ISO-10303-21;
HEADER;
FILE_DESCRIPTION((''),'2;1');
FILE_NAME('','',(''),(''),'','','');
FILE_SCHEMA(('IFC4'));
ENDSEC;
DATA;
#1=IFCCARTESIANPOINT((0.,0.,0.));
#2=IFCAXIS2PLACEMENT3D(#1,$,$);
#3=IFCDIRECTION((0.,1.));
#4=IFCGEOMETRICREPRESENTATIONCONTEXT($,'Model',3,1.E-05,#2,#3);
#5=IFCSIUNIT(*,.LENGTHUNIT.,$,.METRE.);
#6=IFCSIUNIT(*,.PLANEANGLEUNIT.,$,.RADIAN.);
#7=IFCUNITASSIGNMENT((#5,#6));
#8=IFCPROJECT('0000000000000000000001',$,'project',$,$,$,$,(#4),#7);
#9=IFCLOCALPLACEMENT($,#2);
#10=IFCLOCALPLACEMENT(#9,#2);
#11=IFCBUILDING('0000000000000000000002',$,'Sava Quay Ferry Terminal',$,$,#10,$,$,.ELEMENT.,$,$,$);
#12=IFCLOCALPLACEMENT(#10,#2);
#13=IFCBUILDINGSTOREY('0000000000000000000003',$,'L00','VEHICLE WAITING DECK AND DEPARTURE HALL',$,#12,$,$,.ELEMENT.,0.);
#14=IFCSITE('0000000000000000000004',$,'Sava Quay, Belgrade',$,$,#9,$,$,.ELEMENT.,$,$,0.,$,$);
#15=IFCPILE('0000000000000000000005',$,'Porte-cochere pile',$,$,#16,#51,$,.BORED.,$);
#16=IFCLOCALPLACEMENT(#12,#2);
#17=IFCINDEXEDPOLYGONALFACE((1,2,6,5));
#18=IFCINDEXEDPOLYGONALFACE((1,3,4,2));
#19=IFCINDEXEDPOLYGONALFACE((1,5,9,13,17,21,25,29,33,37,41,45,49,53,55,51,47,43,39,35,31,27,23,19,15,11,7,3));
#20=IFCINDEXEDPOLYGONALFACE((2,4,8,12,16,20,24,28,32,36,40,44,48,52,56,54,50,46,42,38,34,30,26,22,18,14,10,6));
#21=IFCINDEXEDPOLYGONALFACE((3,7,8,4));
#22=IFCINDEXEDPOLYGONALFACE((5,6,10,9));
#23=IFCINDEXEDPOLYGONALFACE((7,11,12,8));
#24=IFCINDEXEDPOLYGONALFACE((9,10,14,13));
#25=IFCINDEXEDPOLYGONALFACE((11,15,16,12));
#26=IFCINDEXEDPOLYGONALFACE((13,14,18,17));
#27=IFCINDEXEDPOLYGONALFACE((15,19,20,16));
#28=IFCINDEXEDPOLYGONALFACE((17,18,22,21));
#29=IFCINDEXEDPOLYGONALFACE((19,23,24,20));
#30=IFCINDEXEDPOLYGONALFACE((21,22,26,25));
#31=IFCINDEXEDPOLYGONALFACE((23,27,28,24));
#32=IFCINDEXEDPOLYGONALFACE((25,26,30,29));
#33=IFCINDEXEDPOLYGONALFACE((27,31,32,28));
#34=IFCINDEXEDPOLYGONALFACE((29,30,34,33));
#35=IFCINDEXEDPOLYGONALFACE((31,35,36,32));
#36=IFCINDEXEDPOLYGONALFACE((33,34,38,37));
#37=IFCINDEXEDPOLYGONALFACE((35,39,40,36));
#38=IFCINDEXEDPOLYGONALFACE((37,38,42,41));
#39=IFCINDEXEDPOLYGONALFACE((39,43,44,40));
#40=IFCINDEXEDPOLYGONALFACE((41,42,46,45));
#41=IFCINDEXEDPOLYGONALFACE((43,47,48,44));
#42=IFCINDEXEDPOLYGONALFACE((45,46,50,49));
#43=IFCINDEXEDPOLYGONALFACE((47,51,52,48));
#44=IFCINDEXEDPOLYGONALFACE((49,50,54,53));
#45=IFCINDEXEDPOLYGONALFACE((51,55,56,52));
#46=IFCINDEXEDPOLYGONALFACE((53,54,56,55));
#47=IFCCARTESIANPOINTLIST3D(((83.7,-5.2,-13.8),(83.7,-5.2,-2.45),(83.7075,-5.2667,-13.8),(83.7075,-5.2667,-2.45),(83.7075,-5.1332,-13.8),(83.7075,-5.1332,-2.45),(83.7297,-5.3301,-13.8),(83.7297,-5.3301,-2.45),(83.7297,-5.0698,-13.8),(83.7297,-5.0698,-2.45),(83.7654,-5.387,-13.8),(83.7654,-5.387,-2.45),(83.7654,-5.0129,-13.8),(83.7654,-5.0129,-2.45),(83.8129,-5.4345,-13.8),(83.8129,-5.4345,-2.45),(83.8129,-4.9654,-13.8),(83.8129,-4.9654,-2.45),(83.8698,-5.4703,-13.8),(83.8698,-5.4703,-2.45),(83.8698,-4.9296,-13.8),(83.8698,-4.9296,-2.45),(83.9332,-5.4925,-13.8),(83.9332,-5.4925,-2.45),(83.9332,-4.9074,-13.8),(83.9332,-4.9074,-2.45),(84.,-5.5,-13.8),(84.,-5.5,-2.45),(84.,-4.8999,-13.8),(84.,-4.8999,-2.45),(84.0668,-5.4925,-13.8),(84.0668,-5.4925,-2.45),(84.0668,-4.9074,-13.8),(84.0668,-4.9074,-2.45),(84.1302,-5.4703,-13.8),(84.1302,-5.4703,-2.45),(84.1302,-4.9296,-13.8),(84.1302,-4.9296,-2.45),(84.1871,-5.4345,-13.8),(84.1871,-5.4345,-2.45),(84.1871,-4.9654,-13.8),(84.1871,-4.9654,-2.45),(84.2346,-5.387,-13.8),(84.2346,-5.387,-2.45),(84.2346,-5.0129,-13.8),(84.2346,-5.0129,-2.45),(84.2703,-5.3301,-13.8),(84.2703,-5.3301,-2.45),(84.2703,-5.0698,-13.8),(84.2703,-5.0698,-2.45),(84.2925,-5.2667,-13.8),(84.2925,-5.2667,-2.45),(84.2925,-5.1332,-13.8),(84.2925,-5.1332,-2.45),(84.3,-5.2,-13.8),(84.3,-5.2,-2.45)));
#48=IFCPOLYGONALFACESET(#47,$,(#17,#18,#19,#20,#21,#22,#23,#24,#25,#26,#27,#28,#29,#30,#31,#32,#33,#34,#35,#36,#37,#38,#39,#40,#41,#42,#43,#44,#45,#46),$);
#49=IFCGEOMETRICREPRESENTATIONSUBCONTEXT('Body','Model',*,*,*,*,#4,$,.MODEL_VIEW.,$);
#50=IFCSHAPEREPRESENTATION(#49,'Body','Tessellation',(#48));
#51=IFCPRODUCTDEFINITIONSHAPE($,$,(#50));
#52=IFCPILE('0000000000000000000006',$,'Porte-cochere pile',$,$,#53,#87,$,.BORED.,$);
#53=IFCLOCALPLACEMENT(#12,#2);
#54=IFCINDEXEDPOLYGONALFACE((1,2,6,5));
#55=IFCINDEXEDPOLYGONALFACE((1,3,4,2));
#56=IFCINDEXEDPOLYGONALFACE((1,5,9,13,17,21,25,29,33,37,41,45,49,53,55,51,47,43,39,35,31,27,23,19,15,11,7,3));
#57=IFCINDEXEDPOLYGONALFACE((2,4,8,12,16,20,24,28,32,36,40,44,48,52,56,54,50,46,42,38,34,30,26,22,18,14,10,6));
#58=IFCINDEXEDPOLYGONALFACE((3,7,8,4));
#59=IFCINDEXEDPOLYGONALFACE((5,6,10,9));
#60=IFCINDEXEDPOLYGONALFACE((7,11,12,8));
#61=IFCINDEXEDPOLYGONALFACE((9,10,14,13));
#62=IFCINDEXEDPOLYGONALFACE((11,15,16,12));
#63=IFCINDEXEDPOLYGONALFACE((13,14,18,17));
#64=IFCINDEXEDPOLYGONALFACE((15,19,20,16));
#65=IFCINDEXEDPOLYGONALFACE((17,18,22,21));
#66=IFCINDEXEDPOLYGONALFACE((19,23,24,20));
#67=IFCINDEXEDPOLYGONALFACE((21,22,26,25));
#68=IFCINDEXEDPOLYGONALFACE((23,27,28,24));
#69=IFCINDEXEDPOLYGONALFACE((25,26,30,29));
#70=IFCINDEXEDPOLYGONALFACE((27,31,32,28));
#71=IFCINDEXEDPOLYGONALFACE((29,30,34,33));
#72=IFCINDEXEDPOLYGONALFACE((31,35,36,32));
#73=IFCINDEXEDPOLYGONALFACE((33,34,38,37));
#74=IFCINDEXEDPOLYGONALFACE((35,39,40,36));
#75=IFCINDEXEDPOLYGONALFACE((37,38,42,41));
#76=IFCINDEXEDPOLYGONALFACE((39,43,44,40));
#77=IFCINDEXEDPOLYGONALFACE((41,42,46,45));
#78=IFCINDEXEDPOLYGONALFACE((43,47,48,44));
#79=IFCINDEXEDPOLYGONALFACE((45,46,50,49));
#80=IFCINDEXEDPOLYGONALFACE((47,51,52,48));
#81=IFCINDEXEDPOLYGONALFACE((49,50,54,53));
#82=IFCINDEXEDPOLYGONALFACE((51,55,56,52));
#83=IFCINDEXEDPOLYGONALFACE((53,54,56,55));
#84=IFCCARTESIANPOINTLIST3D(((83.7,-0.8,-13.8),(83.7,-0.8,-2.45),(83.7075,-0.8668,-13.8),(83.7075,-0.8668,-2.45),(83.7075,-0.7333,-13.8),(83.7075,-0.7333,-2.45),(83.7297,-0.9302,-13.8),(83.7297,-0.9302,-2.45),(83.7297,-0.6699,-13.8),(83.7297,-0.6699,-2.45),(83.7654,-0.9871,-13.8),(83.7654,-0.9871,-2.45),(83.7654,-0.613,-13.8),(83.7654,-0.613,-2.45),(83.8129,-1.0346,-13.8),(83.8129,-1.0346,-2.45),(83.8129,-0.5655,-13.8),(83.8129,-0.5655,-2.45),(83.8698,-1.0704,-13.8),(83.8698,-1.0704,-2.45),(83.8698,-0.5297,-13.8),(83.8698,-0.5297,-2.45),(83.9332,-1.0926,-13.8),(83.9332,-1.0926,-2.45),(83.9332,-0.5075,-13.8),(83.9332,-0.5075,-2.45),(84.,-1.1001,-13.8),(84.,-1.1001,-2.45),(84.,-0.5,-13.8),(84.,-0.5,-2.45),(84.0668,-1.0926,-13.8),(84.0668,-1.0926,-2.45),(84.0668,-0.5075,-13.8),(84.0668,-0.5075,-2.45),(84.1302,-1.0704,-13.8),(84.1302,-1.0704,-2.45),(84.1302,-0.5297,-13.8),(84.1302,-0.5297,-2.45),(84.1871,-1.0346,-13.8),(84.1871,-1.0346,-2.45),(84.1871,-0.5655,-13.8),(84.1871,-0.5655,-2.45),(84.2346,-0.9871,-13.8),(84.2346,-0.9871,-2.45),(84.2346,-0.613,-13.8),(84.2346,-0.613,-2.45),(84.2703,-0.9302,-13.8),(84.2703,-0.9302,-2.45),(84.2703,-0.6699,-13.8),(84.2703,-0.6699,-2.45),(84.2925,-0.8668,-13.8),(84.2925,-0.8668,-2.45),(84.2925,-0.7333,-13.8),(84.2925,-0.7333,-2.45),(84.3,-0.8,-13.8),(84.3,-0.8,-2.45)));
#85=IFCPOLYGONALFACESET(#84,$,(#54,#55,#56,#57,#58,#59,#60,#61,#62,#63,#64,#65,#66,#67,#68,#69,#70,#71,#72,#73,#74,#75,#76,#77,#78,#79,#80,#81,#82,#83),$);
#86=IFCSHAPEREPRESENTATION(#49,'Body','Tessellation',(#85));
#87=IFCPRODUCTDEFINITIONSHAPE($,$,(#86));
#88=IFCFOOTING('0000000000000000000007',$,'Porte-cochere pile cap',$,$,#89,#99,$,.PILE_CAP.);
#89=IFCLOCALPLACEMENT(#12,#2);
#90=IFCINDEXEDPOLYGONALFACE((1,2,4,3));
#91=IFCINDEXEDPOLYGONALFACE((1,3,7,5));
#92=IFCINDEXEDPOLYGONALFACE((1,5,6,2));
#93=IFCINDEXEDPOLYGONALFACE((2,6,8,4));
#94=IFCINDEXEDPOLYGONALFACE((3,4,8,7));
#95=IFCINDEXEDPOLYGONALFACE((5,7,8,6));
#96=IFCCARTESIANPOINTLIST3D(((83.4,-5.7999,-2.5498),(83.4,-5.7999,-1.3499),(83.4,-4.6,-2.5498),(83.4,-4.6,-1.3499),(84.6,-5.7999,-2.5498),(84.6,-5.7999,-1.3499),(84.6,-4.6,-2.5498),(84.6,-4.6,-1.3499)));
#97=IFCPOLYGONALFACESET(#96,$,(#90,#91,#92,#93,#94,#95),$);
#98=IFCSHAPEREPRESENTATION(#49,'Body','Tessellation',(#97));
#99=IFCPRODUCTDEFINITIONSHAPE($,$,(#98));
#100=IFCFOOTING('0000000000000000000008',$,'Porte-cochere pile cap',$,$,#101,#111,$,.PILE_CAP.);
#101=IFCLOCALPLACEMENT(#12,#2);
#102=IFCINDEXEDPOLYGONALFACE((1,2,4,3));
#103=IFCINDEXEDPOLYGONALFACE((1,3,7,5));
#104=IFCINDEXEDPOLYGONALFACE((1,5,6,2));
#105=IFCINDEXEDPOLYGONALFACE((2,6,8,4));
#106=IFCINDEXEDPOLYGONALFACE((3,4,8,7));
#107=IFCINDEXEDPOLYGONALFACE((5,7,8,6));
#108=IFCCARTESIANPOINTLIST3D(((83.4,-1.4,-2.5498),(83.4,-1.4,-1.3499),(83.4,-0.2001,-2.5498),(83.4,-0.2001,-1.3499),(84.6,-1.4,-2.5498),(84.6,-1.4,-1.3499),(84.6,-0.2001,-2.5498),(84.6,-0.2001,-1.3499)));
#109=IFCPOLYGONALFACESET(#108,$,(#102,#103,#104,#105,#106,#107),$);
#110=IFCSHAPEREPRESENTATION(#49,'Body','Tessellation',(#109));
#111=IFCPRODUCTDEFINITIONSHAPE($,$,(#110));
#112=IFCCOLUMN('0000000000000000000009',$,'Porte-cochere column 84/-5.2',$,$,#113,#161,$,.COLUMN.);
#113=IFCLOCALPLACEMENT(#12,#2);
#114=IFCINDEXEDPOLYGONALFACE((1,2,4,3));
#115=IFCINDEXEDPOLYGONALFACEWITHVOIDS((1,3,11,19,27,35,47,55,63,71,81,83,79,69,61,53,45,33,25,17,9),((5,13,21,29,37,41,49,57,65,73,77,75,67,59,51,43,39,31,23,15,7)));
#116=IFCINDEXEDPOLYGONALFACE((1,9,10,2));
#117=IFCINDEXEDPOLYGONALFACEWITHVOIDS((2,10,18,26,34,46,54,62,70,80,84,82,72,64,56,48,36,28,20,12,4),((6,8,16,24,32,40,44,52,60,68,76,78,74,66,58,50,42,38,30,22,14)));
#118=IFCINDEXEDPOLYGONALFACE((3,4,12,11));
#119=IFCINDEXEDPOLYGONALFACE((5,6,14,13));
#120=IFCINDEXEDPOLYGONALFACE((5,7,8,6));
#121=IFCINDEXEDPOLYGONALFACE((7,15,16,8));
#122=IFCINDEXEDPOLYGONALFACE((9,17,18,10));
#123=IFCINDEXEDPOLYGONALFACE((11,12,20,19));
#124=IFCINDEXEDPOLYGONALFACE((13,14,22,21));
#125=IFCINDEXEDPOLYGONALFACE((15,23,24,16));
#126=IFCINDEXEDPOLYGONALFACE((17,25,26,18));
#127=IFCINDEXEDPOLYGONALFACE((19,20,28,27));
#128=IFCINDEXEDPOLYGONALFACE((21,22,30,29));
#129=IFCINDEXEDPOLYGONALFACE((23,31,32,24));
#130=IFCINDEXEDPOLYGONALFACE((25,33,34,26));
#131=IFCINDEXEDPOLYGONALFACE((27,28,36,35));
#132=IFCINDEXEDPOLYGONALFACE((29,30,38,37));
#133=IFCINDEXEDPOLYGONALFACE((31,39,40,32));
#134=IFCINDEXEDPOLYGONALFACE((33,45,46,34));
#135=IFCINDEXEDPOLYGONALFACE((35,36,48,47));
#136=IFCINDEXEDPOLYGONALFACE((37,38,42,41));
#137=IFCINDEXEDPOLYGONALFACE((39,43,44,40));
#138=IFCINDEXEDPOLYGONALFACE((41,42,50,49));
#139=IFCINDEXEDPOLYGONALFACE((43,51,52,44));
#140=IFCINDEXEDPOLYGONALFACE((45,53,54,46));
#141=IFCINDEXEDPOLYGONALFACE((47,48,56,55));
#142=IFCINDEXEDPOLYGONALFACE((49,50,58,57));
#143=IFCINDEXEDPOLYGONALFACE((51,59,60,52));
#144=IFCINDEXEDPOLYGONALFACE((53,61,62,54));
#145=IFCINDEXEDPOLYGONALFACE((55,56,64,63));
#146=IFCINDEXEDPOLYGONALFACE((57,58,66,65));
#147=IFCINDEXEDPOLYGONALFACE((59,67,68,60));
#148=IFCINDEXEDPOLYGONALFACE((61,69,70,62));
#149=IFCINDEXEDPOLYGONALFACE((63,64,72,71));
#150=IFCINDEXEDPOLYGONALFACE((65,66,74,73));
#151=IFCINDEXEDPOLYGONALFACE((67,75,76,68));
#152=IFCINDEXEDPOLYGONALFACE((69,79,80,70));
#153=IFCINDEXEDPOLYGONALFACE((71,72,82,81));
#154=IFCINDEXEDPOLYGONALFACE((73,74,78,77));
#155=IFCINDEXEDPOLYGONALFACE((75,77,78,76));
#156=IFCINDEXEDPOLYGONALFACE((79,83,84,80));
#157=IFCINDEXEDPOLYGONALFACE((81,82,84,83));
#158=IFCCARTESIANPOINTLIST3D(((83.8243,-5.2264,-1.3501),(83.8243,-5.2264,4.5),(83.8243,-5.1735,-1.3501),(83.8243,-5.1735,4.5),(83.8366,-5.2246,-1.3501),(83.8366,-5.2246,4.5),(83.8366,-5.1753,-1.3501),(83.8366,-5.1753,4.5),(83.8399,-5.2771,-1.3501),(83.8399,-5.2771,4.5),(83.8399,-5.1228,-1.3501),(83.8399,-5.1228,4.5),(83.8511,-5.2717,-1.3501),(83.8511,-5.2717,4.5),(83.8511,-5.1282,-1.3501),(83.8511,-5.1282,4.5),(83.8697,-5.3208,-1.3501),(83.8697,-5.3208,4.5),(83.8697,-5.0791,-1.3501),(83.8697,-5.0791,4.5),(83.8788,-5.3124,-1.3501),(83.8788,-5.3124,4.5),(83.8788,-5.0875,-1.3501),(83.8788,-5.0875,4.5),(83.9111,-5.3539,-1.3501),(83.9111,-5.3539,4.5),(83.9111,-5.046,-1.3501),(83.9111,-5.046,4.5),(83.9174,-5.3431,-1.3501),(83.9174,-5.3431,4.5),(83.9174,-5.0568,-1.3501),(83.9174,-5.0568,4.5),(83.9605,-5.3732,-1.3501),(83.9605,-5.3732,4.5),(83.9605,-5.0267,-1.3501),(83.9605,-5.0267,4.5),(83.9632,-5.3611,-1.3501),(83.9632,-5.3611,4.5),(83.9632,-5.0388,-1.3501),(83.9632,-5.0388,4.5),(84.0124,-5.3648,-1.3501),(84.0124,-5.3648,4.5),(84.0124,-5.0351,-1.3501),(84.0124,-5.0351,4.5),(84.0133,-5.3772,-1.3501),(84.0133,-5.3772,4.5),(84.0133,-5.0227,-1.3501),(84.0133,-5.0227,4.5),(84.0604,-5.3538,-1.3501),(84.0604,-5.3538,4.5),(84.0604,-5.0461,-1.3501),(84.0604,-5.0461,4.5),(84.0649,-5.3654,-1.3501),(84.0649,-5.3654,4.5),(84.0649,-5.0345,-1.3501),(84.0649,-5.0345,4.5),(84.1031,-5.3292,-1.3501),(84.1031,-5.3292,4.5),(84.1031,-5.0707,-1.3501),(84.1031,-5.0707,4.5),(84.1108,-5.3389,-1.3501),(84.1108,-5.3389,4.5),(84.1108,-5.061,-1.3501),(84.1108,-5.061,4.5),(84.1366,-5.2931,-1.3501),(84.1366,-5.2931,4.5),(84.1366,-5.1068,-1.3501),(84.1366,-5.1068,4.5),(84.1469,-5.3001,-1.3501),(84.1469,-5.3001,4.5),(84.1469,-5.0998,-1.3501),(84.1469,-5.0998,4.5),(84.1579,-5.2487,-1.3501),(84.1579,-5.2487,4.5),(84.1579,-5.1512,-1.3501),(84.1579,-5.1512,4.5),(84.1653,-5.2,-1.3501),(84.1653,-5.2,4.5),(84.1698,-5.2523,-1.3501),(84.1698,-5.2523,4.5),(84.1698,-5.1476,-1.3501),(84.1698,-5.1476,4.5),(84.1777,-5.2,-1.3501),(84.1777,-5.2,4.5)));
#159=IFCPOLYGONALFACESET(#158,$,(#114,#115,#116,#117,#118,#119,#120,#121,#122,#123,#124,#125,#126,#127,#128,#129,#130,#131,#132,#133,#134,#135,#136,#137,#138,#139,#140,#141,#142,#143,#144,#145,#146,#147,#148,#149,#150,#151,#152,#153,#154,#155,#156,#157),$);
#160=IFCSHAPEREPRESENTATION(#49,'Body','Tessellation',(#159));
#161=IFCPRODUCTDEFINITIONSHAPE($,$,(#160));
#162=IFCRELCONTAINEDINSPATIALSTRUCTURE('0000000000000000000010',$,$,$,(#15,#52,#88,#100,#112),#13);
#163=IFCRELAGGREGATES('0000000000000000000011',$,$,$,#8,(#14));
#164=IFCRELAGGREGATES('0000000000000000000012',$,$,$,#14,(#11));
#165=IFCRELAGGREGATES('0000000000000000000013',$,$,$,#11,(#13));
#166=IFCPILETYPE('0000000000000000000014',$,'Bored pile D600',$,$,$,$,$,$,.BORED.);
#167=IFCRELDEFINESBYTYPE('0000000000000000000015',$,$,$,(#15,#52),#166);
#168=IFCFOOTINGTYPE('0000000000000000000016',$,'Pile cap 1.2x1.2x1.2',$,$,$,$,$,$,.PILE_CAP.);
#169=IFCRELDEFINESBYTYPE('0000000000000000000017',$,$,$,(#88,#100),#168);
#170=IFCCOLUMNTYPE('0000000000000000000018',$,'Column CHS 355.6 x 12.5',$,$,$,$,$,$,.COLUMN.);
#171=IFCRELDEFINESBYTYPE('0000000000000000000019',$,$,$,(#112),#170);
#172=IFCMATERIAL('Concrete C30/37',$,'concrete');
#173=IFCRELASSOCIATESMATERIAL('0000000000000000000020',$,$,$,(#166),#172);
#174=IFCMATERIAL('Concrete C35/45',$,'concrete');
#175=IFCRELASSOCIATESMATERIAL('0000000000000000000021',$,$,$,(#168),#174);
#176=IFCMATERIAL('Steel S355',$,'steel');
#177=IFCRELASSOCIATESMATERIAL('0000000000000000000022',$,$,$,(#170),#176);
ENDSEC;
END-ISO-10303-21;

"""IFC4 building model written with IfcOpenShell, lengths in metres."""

from ifc_helpers import new_model, si_unit, direction, frame, origin, origin_2d, place, context, subcontext, project, spatial, rectangle, circle, hollow_circle, extrude, material, material_profile, profile_set, type_object, element, save


model = new_model("IFC4")

# Units and contexts
model_context = context("Model", 3, precision=1e-05, world=origin(), true_north=direction((0.0, 1.0)))
body_context = subcontext(model_context, "Body", "Model", "MODEL_VIEW")
ifc_project = project(units=[si_unit("LENGTHUNIT", "METRE"), si_unit("PLANEANGLEUNIT", "RADIAN")], contexts=[model_context])

# Site, building, storey
site_placement = place(None, origin())
site = spatial("IfcSite", under=ifc_project, at=site_placement, Name="Sava Quay, Belgrade", CompositionType="ELEMENT", RefElevation=0.0)
building_placement = place(site_placement, origin())
building = spatial("IfcBuilding", under=site, at=building_placement, Name="Sava Quay Ferry Terminal", CompositionType="ELEMENT")
storey_placement = place(building_placement, origin())
storey = spatial("IfcBuildingStorey", under=building, at=storey_placement, Name="L00", Description="VEHICLE WAITING DECK AND DEPARTURE HALL", CompositionType="ELEMENT", Elevation=0.0)

# Piles
ifc_material_1 = material(Name="Concrete C30/37", Category="concrete")
ifc_material_profile_1 = material_profile(ifc_material_1, circle(Radius=0.3, at=origin_2d()), Name="Bored pile D600")
ifc_profile_set_1 = profile_set([ifc_material_profile_1], Name="Concrete C30/37")
pile_type = type_object("IfcPileType", Name="Bored pile D600", PredefinedType="BORED", material=ifc_profile_set_1)
for number, where, z_axis, x_axis, name in (
    (1, (84.0, -5.2, -2.45), (0.0, 0.0, -1.0), (1.0, 0.0, 0.0), "Porte-cochere pile"),
    (2, (84.0, -0.8, -2.45), (0.0, 0.0, -1.0), (1.0, 0.0, 0.0), "Porte-cochere pile"),
):
    element("IfcPile", number, at=place(storey_placement, frame(where, z_axis=z_axis, x_axis=x_axis)), inside=storey, type_object=pile_type, Name=name, PredefinedType="BORED", context=body_context, shape_type="SweptSolid", body=[
        extrude(circle(Radius=0.3, at=origin_2d()), origin(), (0.0, 0.0, 1.0), 11.3501),
    ])

# Footings
ifc_material_2 = material(Name="Concrete C35/45", Category="concrete")
footing_type = type_object("IfcFootingType", Name="Pile cap 1.2x1.2x1.2", PredefinedType="PILE_CAP", material=ifc_material_2)
for number, where, z_axis, x_axis, name in (
    (3, (84.0, -5.2, -2.5498), (0.0, 0.0, 1.0), (1.0, 0.0, 0.0), "Porte-cochere pile cap"),
    (4, (84.0, -0.8, -2.5498), (0.0, 0.0, 1.0), (1.0, 0.0, 0.0), "Porte-cochere pile cap"),
):
    element("IfcFooting", number, at=place(storey_placement, frame(where, z_axis=z_axis, x_axis=x_axis)), inside=storey, type_object=footing_type, Name=name, PredefinedType="PILE_CAP", context=body_context, shape_type="SweptSolid", body=[
        extrude(rectangle(XDim=1.2, YDim=1.2, at=origin_2d()), origin(), (0.0, 0.0, 1.0), 1.2),
    ])

# Column
ifc_material_3 = material(Name="Steel S355", Category="steel")
ifc_material_profile_2 = material_profile(ifc_material_3, hollow_circle(Radius=0.1777, WallThickness=0.0125, at=origin_2d()), Name="CHS 355.6 x 12.5")
ifc_profile_set_2 = profile_set([ifc_material_profile_2], Name="Steel S355")
column_type = type_object("IfcColumnType", Name="Column CHS 355.6 x 12.5", PredefinedType="COLUMN", material=ifc_profile_set_2)
for number, where, z_axis, x_axis, name in (
    (5, (84.0, -5.2, -1.3501), (0.0, 0.0, 1.0), (1.0, 0.0, 0.0), "Porte-cochere column 84/-5.2"),
):
    element("IfcColumn", number, at=place(storey_placement, frame(where, z_axis=z_axis, x_axis=x_axis)), inside=storey, type_object=column_type, Name=name, PredefinedType="COLUMN", context=body_context, shape_type="SweptSolid", body=[
        extrude(hollow_circle(Radius=0.1777, WallThickness=0.0125, at=origin_2d()), origin(), (0.0, 0.0, 1.0), 5.8501),
    ])

save(model, "model.ifc")
